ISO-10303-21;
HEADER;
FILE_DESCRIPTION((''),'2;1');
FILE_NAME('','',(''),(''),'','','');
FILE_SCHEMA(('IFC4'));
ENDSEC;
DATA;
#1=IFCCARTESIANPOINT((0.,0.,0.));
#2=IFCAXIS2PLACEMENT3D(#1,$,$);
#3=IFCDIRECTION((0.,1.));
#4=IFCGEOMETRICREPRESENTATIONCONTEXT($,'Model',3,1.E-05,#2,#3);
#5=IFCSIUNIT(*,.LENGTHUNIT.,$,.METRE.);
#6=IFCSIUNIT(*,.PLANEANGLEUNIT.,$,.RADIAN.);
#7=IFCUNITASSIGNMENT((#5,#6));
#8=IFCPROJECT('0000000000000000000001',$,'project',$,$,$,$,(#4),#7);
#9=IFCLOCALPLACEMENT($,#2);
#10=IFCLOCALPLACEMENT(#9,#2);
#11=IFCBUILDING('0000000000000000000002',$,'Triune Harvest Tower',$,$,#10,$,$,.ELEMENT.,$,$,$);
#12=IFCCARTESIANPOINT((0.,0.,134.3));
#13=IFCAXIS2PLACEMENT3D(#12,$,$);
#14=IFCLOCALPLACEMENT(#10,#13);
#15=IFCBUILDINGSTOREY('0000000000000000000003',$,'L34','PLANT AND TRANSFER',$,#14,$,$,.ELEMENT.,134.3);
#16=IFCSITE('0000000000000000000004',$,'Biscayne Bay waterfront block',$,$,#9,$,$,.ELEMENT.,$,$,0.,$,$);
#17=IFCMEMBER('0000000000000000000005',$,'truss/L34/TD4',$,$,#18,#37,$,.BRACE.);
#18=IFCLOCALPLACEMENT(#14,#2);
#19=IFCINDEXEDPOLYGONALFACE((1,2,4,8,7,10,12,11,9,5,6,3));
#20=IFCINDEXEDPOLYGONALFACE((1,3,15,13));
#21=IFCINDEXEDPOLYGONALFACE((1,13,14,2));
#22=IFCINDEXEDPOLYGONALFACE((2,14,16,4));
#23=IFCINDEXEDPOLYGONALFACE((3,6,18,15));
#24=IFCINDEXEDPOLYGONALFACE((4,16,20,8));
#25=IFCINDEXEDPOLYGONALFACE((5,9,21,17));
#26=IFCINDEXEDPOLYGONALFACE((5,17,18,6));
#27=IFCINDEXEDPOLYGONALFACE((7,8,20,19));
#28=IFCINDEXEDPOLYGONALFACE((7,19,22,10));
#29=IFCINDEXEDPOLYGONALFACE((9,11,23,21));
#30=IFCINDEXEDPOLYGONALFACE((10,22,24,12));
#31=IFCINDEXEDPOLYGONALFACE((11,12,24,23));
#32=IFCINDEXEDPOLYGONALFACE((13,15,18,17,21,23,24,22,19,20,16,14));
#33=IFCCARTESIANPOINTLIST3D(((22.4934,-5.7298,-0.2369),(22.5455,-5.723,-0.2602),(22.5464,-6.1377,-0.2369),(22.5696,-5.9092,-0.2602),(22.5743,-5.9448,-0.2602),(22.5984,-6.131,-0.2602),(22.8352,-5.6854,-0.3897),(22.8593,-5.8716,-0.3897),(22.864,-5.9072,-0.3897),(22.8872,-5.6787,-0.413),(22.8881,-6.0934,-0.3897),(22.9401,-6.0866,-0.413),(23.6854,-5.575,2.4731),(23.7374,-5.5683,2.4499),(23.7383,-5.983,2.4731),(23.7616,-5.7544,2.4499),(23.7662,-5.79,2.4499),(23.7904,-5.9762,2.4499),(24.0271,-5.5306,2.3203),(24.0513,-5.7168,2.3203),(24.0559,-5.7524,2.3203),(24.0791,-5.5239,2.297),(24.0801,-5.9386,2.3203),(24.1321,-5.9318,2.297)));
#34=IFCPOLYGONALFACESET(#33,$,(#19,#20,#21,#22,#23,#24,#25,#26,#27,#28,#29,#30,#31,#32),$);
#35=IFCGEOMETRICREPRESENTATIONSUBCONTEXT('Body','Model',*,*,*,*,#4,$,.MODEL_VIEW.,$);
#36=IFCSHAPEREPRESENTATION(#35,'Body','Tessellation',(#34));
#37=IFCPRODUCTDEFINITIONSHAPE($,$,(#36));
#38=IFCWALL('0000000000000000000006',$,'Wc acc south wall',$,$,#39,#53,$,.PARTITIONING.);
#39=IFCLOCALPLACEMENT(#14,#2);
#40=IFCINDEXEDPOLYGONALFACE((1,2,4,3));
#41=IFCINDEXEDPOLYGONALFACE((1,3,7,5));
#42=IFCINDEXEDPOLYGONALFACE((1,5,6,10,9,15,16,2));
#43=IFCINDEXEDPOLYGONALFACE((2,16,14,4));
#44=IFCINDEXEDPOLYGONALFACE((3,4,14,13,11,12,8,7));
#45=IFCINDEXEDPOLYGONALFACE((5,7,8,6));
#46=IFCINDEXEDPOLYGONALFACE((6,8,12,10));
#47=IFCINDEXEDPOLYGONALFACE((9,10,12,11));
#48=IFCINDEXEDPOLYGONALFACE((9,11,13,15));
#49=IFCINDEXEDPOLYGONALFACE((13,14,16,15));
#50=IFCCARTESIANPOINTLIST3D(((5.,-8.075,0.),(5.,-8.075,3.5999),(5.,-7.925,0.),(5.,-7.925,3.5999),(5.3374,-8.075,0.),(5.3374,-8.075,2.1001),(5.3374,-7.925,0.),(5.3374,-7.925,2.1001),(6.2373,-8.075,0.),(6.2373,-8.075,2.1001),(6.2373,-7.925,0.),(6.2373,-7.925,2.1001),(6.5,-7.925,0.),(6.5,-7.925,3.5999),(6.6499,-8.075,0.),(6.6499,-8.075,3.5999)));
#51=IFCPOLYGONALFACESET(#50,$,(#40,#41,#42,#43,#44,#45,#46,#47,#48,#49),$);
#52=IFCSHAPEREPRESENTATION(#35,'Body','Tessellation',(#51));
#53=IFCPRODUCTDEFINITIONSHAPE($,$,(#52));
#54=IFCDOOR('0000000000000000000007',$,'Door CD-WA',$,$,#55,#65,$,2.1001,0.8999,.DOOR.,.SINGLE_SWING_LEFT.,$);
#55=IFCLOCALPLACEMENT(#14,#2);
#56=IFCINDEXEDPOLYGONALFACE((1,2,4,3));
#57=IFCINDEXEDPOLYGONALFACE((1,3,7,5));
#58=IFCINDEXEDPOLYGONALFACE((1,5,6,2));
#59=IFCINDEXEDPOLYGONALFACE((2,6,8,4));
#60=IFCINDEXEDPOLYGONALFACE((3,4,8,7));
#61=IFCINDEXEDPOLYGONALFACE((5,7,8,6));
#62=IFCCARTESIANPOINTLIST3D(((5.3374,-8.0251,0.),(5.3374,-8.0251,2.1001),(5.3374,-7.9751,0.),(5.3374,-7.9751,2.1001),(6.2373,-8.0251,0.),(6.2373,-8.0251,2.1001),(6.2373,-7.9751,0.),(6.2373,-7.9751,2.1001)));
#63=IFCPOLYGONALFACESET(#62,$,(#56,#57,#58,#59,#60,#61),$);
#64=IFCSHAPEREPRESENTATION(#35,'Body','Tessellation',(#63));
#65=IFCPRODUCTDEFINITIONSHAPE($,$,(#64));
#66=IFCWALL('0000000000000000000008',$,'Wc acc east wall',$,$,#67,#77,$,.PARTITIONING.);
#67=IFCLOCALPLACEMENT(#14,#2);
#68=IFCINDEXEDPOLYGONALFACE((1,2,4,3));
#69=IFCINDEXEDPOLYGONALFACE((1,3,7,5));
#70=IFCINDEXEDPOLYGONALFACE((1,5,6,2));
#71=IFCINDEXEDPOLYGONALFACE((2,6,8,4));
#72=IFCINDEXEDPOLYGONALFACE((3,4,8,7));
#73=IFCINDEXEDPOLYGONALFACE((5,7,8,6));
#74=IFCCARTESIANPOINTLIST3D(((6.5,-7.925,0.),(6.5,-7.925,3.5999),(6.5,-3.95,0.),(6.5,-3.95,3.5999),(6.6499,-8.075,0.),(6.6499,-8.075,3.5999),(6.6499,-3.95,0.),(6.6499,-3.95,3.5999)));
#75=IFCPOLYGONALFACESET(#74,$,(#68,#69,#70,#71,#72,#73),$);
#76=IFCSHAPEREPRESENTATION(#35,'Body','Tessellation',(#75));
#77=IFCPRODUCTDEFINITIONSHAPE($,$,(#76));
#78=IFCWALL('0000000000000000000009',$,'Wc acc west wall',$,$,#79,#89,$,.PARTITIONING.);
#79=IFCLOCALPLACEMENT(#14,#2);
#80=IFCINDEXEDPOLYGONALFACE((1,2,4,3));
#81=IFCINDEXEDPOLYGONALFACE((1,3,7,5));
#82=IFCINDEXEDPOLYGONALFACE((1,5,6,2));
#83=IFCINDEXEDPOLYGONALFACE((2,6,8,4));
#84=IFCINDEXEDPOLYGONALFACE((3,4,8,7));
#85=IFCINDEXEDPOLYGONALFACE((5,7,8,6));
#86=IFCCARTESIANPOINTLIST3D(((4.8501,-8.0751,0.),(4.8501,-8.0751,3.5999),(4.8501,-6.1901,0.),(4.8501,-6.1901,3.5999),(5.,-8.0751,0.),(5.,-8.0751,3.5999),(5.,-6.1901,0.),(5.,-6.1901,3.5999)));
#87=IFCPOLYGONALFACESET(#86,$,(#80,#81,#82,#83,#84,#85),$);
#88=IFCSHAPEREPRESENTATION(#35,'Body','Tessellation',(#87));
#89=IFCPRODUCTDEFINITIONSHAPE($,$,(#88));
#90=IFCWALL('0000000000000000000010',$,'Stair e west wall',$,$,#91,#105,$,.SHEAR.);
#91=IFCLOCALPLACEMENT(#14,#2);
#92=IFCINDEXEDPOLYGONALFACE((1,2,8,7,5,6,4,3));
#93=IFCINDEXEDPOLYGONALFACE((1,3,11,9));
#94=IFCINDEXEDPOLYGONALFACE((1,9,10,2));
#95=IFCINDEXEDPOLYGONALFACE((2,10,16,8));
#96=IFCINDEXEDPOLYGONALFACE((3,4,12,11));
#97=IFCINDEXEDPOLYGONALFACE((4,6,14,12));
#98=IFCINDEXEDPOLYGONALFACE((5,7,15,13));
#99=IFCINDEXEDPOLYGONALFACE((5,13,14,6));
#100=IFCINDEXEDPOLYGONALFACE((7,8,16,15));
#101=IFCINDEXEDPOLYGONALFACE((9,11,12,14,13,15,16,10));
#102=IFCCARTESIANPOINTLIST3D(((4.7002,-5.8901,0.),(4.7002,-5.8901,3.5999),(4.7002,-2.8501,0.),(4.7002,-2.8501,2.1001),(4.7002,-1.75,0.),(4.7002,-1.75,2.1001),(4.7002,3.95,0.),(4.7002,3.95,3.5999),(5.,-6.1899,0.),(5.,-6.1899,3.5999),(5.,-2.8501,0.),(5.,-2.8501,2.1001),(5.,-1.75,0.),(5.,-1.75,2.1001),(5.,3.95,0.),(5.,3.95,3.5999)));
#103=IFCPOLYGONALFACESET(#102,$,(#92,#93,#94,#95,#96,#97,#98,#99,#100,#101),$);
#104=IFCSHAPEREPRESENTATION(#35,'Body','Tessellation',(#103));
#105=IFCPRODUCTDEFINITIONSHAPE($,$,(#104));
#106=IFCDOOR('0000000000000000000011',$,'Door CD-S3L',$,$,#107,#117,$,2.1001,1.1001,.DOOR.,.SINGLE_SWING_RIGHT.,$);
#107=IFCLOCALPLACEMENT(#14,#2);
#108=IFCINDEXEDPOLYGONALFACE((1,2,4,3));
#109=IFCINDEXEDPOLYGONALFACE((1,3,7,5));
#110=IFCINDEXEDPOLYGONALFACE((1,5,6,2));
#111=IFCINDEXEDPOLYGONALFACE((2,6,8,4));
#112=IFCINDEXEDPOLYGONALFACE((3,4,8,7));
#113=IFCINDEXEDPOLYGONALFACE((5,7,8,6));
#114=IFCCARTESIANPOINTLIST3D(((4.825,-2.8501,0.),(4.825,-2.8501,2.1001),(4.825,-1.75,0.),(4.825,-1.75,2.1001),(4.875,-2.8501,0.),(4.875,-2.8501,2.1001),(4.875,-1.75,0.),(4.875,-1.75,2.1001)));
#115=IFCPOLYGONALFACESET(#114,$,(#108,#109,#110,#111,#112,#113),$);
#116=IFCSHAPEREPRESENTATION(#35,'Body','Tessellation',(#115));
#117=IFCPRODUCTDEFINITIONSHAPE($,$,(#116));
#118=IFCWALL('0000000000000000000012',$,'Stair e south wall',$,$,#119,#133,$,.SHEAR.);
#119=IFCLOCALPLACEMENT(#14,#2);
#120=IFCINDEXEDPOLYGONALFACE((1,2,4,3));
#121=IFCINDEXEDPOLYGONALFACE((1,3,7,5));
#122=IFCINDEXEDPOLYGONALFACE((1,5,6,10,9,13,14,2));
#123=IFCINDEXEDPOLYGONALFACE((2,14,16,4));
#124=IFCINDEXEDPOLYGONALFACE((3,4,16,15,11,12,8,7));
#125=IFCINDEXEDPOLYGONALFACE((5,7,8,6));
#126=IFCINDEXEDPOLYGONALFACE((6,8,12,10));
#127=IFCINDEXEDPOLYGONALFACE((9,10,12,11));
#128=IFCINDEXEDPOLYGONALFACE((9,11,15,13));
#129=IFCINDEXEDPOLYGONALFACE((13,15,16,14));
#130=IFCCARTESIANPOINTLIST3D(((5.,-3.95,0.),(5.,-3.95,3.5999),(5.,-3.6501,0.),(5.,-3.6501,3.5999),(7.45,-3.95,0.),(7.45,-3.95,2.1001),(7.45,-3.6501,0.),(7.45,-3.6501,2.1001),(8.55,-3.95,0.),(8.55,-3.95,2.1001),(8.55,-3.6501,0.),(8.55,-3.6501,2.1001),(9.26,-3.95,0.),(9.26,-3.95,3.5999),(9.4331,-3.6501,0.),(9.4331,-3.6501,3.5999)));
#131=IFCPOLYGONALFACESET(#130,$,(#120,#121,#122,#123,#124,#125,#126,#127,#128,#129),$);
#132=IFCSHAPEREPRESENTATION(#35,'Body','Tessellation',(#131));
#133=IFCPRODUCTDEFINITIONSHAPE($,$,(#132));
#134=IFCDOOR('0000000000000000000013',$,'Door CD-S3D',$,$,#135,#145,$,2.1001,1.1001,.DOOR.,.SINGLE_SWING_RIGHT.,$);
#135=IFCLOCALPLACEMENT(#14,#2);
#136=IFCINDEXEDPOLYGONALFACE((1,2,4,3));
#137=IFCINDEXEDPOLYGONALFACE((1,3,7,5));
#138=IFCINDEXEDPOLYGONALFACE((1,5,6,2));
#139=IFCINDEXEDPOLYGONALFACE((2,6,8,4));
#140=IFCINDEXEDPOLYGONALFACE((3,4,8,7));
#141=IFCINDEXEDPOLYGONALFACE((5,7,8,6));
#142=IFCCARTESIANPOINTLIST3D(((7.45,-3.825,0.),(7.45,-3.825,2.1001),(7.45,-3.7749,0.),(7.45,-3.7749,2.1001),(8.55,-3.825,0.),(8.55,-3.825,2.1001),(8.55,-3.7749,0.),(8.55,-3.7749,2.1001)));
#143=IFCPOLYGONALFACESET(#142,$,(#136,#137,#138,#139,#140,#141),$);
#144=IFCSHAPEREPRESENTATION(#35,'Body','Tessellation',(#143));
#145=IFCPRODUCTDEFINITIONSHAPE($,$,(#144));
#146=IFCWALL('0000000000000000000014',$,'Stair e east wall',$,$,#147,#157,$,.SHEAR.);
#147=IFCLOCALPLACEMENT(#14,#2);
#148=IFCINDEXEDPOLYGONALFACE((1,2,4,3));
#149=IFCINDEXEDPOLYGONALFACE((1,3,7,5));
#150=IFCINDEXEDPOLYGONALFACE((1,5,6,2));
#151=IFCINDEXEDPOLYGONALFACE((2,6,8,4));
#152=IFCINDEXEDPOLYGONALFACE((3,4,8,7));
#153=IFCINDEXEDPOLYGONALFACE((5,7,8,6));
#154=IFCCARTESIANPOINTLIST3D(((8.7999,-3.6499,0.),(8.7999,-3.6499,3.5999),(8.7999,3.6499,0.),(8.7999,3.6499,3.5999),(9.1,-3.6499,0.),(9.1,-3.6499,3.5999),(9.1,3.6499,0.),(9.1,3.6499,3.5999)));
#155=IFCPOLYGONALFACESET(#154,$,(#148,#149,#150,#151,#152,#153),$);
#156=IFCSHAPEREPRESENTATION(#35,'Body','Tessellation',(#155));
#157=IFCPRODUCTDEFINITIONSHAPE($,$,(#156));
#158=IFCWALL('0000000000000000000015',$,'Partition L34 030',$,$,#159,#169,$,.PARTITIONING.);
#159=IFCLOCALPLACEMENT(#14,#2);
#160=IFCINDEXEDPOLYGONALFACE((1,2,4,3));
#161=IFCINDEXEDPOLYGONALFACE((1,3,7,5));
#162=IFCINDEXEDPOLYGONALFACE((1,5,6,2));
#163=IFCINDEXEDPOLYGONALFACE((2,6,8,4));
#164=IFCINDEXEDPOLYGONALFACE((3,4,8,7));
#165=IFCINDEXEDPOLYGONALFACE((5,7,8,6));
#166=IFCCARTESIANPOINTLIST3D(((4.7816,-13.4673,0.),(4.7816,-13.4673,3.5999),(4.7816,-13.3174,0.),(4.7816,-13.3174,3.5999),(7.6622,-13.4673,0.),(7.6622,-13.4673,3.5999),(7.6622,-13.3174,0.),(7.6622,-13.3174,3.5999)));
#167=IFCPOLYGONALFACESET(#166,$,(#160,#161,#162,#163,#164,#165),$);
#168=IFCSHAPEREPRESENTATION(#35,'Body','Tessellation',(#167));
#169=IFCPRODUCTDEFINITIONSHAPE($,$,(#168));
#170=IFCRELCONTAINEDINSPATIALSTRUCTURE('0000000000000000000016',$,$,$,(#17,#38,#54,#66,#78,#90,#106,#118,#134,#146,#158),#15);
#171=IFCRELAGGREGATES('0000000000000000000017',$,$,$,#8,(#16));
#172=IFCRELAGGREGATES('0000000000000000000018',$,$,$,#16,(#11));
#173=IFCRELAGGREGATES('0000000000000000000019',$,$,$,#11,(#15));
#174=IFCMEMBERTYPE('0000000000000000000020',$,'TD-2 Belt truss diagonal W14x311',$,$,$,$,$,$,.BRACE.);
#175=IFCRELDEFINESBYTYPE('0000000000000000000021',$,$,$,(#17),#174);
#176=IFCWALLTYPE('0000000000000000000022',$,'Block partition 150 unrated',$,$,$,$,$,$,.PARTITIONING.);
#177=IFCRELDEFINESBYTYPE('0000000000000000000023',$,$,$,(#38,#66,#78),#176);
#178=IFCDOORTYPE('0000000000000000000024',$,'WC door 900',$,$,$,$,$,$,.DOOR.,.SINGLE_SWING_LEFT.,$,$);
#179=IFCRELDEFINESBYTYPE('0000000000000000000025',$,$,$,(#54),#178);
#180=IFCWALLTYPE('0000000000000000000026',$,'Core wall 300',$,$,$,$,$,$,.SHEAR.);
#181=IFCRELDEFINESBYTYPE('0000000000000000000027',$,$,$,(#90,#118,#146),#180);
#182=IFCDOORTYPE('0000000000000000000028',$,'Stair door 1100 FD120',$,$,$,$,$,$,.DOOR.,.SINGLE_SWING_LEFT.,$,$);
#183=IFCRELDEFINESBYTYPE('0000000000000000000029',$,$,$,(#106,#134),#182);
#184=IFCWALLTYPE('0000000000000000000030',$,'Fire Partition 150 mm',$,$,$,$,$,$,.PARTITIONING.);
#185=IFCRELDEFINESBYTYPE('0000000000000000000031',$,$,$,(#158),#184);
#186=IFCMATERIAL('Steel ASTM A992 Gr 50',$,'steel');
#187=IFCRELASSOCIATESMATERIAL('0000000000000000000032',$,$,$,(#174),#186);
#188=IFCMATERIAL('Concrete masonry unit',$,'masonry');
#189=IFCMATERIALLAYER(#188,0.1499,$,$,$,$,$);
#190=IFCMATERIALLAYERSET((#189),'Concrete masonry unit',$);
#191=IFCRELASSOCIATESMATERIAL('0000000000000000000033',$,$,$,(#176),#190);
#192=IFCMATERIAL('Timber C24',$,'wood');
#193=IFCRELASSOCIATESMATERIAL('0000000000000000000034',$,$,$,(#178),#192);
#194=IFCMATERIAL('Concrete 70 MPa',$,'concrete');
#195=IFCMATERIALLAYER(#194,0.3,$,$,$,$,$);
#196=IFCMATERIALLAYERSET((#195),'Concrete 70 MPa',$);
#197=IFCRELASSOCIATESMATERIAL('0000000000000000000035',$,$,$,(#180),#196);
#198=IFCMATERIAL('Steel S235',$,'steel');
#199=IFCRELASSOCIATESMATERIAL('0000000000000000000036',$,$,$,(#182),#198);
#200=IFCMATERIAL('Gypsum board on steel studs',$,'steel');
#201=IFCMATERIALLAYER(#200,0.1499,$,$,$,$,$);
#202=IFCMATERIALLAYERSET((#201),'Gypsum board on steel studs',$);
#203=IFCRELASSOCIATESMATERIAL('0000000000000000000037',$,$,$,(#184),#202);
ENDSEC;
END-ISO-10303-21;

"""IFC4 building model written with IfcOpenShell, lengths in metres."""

from ifc_helpers import new_model, si_unit, direction, frame, frame_2d, origin, origin_2d, place, context, subcontext, project, spatial, polyline, rectangle, i_section, outline, extrude, source, transform, mapped, material, layer, layer_set, material_profile, profile_set, type_object, element, fill, save


model = new_model("IFC4")

# Units and contexts
model_context = context("Model", 3, precision=1e-05, world=origin(), true_north=direction((0.0, 1.0)))
body_context = subcontext(model_context, "Body", "Model", "MODEL_VIEW")
ifc_project = project(units=[si_unit("LENGTHUNIT", "METRE"), si_unit("PLANEANGLEUNIT", "RADIAN")], contexts=[model_context])

# Site, building, storey
site_placement = place(None, origin())
site = spatial("IfcSite", under=ifc_project, at=site_placement, Name="Biscayne Bay waterfront block", CompositionType="ELEMENT", RefElevation=0.0)
building_placement = place(site_placement, origin())
building = spatial("IfcBuilding", under=site, at=building_placement, Name="Triune Harvest Tower", CompositionType="ELEMENT")
storey_placement = place(building_placement, frame((0.0, 0.0, 134.3)))
storey = spatial("IfcBuildingStorey", under=building, at=storey_placement, Name="L34", Description="PLANT AND TRANSFER", CompositionType="ELEMENT", Elevation=134.3)

# Member
ifc_material_1 = material(Name="Steel ASTM A992 Gr 50", Category="steel")
ifc_material_profile_1 = material_profile(ifc_material_1, i_section(OverallWidth=0.4114, OverallDepth=0.4343, WebThickness=0.0359, FlangeThickness=0.0574, at=origin_2d()), Name="W14x311")
ifc_profile_set_1 = profile_set([ifc_material_profile_1], Name="Steel ASTM A992 Gr 50")
member_type_1 = type_object("IfcMemberType", Name="TD-2 Belt truss diagonal W14x311", PredefinedType="BRACE", material=ifc_profile_set_1)
shared_shape_1 = source(origin(), body_context, "Body", "SweptSolid", [
    extrude(i_section(OverallWidth=0.4114, OverallDepth=0.4343, WebThickness=0.0359, FlangeThickness=0.0574, at=origin_2d()), origin(), (0.0, 0.0, 1.0), 2.9646),
])
member_1_placement = place(storey_placement, frame((22.7168, -5.9082, -0.325), z_axis=(0.402051, 0.052212, 0.914127), x_axis=(-0.128783, 0.991673, 0.0)))
element("IfcMember", 1, at=member_1_placement, inside=storey, type_object=member_type_1, Name="truss/L34/TD4", PredefinedType="BRACE", context=body_context, shape_type="MappedRepresentation", body=[
    mapped(shared_shape_1, transform((0.0, 0.0, 0.0), scale=1.0)),
])

# Wall, opening, door
ifc_material_2 = material(Name="Concrete masonry unit", Category="masonry")
ifc_layer_1 = layer(ifc_material_2, 0.1499)
ifc_layer_set_1 = layer_set([ifc_layer_1], Name="Concrete masonry unit")
wall_type_1 = type_object("IfcWallType", Name="Block partition 150 unrated", PredefinedType="PARTITIONING", material=ifc_layer_set_1)
wall_1_placement = place(storey_placement, frame((5.0, -8.0, 0.0), z_axis=(0.0, 0.0, 1.0), x_axis=(1.0, 0.0, 0.0)))
wall_1 = element("IfcWall", 2, at=wall_1_placement, inside=storey, type_object=wall_type_1, Name="Wc acc south wall", PredefinedType="PARTITIONING", context=body_context, shape_type="SweptSolid", body=[
    extrude(outline(polyline([(0.0, -0.075), (1.6499, -0.075), (1.5, 0.075), (0.0, 0.075), (0.0, -0.075)])), origin(), (0.0, 0.0, 1.0), 3.5999),
])
opening_1_placement = place(wall_1_placement, frame((0.3374, 0.0, 0.0)))
opening_1 = element("IfcOpeningElement", 3, at=opening_1_placement, cuts=wall_1, PredefinedType="OPENING", context=body_context, shape_type="SweptSolid", body=[
    extrude(rectangle(XDim=0.8999, YDim=2.1001, at=frame_2d((0.45, 1.05))), frame((0.0, 0.085, 0.0), z_axis=(0.0, -1.0, 0.0), x_axis=(1.0, 0.0, 0.0)), (0.0, 0.0, 1.0), 0.1699),
])
ifc_material_3 = material(Name="Timber C24", Category="wood")
door_type_1 = type_object("IfcDoorType", Name="WC door 900", OperationType="SINGLE_SWING_LEFT", PredefinedType="DOOR", material=ifc_material_3)
door_1_placement = place(opening_1_placement, origin())
door_1 = element("IfcDoor", 4, at=door_1_placement, inside=storey, type_object=door_type_1, Name="Door CD-WA", OperationType="SINGLE_SWING_LEFT", OverallHeight=2.1001, OverallWidth=0.8999, PredefinedType="DOOR", context=body_context, shape_type="SweptSolid", body=[
    extrude(rectangle(XDim=0.8999, YDim=2.1001, at=frame_2d((0.45, 1.05))), frame((0.0, 0.0249, 0.0), z_axis=(0.0, -1.0, 0.0), x_axis=(1.0, 0.0, 0.0)), (0.0, 0.0, 1.0), 0.05),
])
fill(opening_1, door_1)

# Walls
wall_2_placement = place(storey_placement, frame((6.575, -8.0, 0.0), z_axis=(0.0, 0.0, 1.0), x_axis=(0.0, 1.0, 0.0)))
element("IfcWall", 5, at=wall_2_placement, inside=storey, type_object=wall_type_1, Name="Wc acc east wall", PredefinedType="PARTITIONING", context=body_context, shape_type="SweptSolid", body=[
    extrude(outline(polyline([(-0.075, -0.075), (4.05, -0.075), (4.05, 0.075), (0.075, 0.075), (-0.075, -0.075)])), origin(), (0.0, 0.0, 1.0), 3.5999),
])
wall_3_placement = place(storey_placement, frame((4.925, -8.075, 0.0), z_axis=(0.0, 0.0, 1.0), x_axis=(0.0, 1.0, 0.0)))
element("IfcWall", 6, at=wall_3_placement, inside=storey, type_object=wall_type_1, Name="Wc acc west wall", PredefinedType="PARTITIONING", context=body_context, shape_type="SweptSolid", body=[
    extrude(rectangle(XDim=1.885, YDim=0.1499, at=frame_2d((0.9424, 0.0))), origin(), (0.0, 0.0, 1.0), 3.5999),
])

# Walls, openings, doors
ifc_material_4 = material(Name="Concrete 70 MPa", Category="concrete")
ifc_layer_2 = layer(ifc_material_4, 0.3)
ifc_layer_set_2 = layer_set([ifc_layer_2], Name="Concrete 70 MPa")
wall_type_2 = type_object("IfcWallType", Name="Core wall 300", PredefinedType="SHEAR", material=ifc_layer_set_2)
wall_4_placement = place(storey_placement, frame((4.8501, -6.04, 0.0), z_axis=(0.0, 0.0, 1.0), x_axis=(0.0, 1.0, 0.0)))
wall_4 = element("IfcWall", 7, at=wall_4_placement, inside=storey, type_object=wall_type_2, Name="Stair e west wall", PredefinedType="SHEAR", context=body_context, shape_type="SweptSolid", body=[
    extrude(outline(polyline([(-0.1499, -0.1499), (9.99, -0.1499), (9.99, 0.1499), (0.1499, 0.1499), (-0.1499, -0.1499)])), origin(), (0.0, 0.0, 1.0), 3.5999),
])
opening_2_placement = place(wall_4_placement, frame((3.1899, 0.0, 0.0)))
opening_2 = element("IfcOpeningElement", 8, at=opening_2_placement, cuts=wall_4, PredefinedType="OPENING", context=body_context, shape_type="SweptSolid", body=[
    extrude(rectangle(XDim=1.1001, YDim=2.1001, at=frame_2d((0.55, 1.05))), frame((0.0, 0.1602, 0.0), z_axis=(0.0, -1.0, 0.0), x_axis=(1.0, 0.0, 0.0)), (0.0, 0.0, 1.0), 0.3201),
])
ifc_material_5 = material(Name="Steel S235", Category="steel")
door_type_2 = type_object("IfcDoorType", Name="Stair door 1100 FD120", OperationType="SINGLE_SWING_LEFT", PredefinedType="DOOR", material=ifc_material_5)
door_2_placement = place(opening_2_placement, frame((1.1001, 0.0, 0.0), z_axis=(0.0, 0.0, 1.0), x_axis=(-1.0, 0.0, 0.0)))
door_2 = element("IfcDoor", 9, at=door_2_placement, inside=storey, type_object=door_type_2, Name="Door CD-S3L", OperationType="SINGLE_SWING_RIGHT", OverallHeight=2.1001, OverallWidth=1.1001, PredefinedType="DOOR", context=body_context, shape_type="SweptSolid", body=[
    extrude(rectangle(XDim=1.1001, YDim=2.1001, at=frame_2d((0.55, 1.05))), frame((0.0, 0.0249, 0.0), z_axis=(0.0, -1.0, 0.0), x_axis=(1.0, 0.0, 0.0)), (0.0, 0.0, 1.0), 0.05),
])
fill(opening_2, door_2)
wall_5_placement = place(storey_placement, frame((5.0, -3.8, 0.0), z_axis=(0.0, 0.0, 1.0), x_axis=(1.0, 0.0, 0.0)))
wall_5 = element("IfcWall", 10, at=wall_5_placement, inside=storey, type_object=wall_type_2, Name="Stair e south wall", PredefinedType="SHEAR", context=body_context, shape_type="SweptSolid", body=[
    extrude(outline(polyline([(0.0, -0.1499), (0.0, 0.1499), (4.4331, 0.1499), (4.26, -0.1499), (0.0, -0.1499)])), origin(), (0.0, 0.0, 1.0), 3.5999),
])
opening_3_placement = place(wall_5_placement, frame((2.45, 0.0, 0.0)))
opening_3 = element("IfcOpeningElement", 11, at=opening_3_placement, cuts=wall_5, PredefinedType="OPENING", context=body_context, shape_type="SweptSolid", body=[
    extrude(rectangle(XDim=1.1001, YDim=2.1001, at=frame_2d((0.55, 1.05))), frame((0.0, 0.1602, 0.0), z_axis=(0.0, -1.0, 0.0), x_axis=(1.0, 0.0, 0.0)), (0.0, 0.0, 1.0), 0.3201),
])
door_3_placement = place(opening_3_placement, frame((1.1001, 0.0, 0.0), z_axis=(0.0, 0.0, 1.0), x_axis=(-1.0, 0.0, 0.0)))
door_3 = element("IfcDoor", 12, at=door_3_placement, inside=storey, type_object=door_type_2, Name="Door CD-S3D", OperationType="SINGLE_SWING_RIGHT", OverallHeight=2.1001, OverallWidth=1.1001, PredefinedType="DOOR", context=body_context, shape_type="SweptSolid", body=[
    extrude(rectangle(XDim=1.1001, YDim=2.1001, at=frame_2d((0.55, 1.05))), frame((0.0, 0.0249, 0.0), z_axis=(0.0, -1.0, 0.0), x_axis=(1.0, 0.0, 0.0)), (0.0, 0.0, 1.0), 0.05),
])
fill(opening_3, door_3)

# Walls
wall_6_placement = place(storey_placement, frame((8.95, -3.6499, 0.0), z_axis=(0.0, 0.0, 1.0), x_axis=(0.0, 1.0, 0.0)))
element("IfcWall", 13, at=wall_6_placement, inside=storey, type_object=wall_type_2, Name="Stair e east wall", PredefinedType="SHEAR", context=body_context, shape_type="SweptSolid", body=[
    extrude(rectangle(XDim=7.2998, YDim=0.3, at=frame_2d((3.6499, 0.0))), origin(), (0.0, 0.0, 1.0), 3.5999),
])
ifc_material_6 = material(Name="Gypsum board on steel studs", Category="steel")
ifc_layer_3 = layer(ifc_material_6, 0.1499)
ifc_layer_set_3 = layer_set([ifc_layer_3], Name="Gypsum board on steel studs")
wall_type_3 = type_object("IfcWallType", Name="Fire Partition 150 mm", PredefinedType="PARTITIONING", material=ifc_layer_set_3)
wall_7_placement = place(storey_placement, frame((4.7815, -13.3923, 0.0), z_axis=(0.0, 0.0, 1.0), x_axis=(1.0, 0.0, 0.0)))
element("IfcWall", 14, at=wall_7_placement, inside=storey, type_object=wall_type_3, Name="Partition L34 030", PredefinedType="PARTITIONING", context=body_context, shape_type="SweptSolid", body=[
    extrude(rectangle(XDim=2.8806, YDim=0.1499, at=frame_2d((1.4404, 0.0))), origin(), (0.0, 0.0, 1.0), 3.5999),
])

save(model, "model.ifc")
